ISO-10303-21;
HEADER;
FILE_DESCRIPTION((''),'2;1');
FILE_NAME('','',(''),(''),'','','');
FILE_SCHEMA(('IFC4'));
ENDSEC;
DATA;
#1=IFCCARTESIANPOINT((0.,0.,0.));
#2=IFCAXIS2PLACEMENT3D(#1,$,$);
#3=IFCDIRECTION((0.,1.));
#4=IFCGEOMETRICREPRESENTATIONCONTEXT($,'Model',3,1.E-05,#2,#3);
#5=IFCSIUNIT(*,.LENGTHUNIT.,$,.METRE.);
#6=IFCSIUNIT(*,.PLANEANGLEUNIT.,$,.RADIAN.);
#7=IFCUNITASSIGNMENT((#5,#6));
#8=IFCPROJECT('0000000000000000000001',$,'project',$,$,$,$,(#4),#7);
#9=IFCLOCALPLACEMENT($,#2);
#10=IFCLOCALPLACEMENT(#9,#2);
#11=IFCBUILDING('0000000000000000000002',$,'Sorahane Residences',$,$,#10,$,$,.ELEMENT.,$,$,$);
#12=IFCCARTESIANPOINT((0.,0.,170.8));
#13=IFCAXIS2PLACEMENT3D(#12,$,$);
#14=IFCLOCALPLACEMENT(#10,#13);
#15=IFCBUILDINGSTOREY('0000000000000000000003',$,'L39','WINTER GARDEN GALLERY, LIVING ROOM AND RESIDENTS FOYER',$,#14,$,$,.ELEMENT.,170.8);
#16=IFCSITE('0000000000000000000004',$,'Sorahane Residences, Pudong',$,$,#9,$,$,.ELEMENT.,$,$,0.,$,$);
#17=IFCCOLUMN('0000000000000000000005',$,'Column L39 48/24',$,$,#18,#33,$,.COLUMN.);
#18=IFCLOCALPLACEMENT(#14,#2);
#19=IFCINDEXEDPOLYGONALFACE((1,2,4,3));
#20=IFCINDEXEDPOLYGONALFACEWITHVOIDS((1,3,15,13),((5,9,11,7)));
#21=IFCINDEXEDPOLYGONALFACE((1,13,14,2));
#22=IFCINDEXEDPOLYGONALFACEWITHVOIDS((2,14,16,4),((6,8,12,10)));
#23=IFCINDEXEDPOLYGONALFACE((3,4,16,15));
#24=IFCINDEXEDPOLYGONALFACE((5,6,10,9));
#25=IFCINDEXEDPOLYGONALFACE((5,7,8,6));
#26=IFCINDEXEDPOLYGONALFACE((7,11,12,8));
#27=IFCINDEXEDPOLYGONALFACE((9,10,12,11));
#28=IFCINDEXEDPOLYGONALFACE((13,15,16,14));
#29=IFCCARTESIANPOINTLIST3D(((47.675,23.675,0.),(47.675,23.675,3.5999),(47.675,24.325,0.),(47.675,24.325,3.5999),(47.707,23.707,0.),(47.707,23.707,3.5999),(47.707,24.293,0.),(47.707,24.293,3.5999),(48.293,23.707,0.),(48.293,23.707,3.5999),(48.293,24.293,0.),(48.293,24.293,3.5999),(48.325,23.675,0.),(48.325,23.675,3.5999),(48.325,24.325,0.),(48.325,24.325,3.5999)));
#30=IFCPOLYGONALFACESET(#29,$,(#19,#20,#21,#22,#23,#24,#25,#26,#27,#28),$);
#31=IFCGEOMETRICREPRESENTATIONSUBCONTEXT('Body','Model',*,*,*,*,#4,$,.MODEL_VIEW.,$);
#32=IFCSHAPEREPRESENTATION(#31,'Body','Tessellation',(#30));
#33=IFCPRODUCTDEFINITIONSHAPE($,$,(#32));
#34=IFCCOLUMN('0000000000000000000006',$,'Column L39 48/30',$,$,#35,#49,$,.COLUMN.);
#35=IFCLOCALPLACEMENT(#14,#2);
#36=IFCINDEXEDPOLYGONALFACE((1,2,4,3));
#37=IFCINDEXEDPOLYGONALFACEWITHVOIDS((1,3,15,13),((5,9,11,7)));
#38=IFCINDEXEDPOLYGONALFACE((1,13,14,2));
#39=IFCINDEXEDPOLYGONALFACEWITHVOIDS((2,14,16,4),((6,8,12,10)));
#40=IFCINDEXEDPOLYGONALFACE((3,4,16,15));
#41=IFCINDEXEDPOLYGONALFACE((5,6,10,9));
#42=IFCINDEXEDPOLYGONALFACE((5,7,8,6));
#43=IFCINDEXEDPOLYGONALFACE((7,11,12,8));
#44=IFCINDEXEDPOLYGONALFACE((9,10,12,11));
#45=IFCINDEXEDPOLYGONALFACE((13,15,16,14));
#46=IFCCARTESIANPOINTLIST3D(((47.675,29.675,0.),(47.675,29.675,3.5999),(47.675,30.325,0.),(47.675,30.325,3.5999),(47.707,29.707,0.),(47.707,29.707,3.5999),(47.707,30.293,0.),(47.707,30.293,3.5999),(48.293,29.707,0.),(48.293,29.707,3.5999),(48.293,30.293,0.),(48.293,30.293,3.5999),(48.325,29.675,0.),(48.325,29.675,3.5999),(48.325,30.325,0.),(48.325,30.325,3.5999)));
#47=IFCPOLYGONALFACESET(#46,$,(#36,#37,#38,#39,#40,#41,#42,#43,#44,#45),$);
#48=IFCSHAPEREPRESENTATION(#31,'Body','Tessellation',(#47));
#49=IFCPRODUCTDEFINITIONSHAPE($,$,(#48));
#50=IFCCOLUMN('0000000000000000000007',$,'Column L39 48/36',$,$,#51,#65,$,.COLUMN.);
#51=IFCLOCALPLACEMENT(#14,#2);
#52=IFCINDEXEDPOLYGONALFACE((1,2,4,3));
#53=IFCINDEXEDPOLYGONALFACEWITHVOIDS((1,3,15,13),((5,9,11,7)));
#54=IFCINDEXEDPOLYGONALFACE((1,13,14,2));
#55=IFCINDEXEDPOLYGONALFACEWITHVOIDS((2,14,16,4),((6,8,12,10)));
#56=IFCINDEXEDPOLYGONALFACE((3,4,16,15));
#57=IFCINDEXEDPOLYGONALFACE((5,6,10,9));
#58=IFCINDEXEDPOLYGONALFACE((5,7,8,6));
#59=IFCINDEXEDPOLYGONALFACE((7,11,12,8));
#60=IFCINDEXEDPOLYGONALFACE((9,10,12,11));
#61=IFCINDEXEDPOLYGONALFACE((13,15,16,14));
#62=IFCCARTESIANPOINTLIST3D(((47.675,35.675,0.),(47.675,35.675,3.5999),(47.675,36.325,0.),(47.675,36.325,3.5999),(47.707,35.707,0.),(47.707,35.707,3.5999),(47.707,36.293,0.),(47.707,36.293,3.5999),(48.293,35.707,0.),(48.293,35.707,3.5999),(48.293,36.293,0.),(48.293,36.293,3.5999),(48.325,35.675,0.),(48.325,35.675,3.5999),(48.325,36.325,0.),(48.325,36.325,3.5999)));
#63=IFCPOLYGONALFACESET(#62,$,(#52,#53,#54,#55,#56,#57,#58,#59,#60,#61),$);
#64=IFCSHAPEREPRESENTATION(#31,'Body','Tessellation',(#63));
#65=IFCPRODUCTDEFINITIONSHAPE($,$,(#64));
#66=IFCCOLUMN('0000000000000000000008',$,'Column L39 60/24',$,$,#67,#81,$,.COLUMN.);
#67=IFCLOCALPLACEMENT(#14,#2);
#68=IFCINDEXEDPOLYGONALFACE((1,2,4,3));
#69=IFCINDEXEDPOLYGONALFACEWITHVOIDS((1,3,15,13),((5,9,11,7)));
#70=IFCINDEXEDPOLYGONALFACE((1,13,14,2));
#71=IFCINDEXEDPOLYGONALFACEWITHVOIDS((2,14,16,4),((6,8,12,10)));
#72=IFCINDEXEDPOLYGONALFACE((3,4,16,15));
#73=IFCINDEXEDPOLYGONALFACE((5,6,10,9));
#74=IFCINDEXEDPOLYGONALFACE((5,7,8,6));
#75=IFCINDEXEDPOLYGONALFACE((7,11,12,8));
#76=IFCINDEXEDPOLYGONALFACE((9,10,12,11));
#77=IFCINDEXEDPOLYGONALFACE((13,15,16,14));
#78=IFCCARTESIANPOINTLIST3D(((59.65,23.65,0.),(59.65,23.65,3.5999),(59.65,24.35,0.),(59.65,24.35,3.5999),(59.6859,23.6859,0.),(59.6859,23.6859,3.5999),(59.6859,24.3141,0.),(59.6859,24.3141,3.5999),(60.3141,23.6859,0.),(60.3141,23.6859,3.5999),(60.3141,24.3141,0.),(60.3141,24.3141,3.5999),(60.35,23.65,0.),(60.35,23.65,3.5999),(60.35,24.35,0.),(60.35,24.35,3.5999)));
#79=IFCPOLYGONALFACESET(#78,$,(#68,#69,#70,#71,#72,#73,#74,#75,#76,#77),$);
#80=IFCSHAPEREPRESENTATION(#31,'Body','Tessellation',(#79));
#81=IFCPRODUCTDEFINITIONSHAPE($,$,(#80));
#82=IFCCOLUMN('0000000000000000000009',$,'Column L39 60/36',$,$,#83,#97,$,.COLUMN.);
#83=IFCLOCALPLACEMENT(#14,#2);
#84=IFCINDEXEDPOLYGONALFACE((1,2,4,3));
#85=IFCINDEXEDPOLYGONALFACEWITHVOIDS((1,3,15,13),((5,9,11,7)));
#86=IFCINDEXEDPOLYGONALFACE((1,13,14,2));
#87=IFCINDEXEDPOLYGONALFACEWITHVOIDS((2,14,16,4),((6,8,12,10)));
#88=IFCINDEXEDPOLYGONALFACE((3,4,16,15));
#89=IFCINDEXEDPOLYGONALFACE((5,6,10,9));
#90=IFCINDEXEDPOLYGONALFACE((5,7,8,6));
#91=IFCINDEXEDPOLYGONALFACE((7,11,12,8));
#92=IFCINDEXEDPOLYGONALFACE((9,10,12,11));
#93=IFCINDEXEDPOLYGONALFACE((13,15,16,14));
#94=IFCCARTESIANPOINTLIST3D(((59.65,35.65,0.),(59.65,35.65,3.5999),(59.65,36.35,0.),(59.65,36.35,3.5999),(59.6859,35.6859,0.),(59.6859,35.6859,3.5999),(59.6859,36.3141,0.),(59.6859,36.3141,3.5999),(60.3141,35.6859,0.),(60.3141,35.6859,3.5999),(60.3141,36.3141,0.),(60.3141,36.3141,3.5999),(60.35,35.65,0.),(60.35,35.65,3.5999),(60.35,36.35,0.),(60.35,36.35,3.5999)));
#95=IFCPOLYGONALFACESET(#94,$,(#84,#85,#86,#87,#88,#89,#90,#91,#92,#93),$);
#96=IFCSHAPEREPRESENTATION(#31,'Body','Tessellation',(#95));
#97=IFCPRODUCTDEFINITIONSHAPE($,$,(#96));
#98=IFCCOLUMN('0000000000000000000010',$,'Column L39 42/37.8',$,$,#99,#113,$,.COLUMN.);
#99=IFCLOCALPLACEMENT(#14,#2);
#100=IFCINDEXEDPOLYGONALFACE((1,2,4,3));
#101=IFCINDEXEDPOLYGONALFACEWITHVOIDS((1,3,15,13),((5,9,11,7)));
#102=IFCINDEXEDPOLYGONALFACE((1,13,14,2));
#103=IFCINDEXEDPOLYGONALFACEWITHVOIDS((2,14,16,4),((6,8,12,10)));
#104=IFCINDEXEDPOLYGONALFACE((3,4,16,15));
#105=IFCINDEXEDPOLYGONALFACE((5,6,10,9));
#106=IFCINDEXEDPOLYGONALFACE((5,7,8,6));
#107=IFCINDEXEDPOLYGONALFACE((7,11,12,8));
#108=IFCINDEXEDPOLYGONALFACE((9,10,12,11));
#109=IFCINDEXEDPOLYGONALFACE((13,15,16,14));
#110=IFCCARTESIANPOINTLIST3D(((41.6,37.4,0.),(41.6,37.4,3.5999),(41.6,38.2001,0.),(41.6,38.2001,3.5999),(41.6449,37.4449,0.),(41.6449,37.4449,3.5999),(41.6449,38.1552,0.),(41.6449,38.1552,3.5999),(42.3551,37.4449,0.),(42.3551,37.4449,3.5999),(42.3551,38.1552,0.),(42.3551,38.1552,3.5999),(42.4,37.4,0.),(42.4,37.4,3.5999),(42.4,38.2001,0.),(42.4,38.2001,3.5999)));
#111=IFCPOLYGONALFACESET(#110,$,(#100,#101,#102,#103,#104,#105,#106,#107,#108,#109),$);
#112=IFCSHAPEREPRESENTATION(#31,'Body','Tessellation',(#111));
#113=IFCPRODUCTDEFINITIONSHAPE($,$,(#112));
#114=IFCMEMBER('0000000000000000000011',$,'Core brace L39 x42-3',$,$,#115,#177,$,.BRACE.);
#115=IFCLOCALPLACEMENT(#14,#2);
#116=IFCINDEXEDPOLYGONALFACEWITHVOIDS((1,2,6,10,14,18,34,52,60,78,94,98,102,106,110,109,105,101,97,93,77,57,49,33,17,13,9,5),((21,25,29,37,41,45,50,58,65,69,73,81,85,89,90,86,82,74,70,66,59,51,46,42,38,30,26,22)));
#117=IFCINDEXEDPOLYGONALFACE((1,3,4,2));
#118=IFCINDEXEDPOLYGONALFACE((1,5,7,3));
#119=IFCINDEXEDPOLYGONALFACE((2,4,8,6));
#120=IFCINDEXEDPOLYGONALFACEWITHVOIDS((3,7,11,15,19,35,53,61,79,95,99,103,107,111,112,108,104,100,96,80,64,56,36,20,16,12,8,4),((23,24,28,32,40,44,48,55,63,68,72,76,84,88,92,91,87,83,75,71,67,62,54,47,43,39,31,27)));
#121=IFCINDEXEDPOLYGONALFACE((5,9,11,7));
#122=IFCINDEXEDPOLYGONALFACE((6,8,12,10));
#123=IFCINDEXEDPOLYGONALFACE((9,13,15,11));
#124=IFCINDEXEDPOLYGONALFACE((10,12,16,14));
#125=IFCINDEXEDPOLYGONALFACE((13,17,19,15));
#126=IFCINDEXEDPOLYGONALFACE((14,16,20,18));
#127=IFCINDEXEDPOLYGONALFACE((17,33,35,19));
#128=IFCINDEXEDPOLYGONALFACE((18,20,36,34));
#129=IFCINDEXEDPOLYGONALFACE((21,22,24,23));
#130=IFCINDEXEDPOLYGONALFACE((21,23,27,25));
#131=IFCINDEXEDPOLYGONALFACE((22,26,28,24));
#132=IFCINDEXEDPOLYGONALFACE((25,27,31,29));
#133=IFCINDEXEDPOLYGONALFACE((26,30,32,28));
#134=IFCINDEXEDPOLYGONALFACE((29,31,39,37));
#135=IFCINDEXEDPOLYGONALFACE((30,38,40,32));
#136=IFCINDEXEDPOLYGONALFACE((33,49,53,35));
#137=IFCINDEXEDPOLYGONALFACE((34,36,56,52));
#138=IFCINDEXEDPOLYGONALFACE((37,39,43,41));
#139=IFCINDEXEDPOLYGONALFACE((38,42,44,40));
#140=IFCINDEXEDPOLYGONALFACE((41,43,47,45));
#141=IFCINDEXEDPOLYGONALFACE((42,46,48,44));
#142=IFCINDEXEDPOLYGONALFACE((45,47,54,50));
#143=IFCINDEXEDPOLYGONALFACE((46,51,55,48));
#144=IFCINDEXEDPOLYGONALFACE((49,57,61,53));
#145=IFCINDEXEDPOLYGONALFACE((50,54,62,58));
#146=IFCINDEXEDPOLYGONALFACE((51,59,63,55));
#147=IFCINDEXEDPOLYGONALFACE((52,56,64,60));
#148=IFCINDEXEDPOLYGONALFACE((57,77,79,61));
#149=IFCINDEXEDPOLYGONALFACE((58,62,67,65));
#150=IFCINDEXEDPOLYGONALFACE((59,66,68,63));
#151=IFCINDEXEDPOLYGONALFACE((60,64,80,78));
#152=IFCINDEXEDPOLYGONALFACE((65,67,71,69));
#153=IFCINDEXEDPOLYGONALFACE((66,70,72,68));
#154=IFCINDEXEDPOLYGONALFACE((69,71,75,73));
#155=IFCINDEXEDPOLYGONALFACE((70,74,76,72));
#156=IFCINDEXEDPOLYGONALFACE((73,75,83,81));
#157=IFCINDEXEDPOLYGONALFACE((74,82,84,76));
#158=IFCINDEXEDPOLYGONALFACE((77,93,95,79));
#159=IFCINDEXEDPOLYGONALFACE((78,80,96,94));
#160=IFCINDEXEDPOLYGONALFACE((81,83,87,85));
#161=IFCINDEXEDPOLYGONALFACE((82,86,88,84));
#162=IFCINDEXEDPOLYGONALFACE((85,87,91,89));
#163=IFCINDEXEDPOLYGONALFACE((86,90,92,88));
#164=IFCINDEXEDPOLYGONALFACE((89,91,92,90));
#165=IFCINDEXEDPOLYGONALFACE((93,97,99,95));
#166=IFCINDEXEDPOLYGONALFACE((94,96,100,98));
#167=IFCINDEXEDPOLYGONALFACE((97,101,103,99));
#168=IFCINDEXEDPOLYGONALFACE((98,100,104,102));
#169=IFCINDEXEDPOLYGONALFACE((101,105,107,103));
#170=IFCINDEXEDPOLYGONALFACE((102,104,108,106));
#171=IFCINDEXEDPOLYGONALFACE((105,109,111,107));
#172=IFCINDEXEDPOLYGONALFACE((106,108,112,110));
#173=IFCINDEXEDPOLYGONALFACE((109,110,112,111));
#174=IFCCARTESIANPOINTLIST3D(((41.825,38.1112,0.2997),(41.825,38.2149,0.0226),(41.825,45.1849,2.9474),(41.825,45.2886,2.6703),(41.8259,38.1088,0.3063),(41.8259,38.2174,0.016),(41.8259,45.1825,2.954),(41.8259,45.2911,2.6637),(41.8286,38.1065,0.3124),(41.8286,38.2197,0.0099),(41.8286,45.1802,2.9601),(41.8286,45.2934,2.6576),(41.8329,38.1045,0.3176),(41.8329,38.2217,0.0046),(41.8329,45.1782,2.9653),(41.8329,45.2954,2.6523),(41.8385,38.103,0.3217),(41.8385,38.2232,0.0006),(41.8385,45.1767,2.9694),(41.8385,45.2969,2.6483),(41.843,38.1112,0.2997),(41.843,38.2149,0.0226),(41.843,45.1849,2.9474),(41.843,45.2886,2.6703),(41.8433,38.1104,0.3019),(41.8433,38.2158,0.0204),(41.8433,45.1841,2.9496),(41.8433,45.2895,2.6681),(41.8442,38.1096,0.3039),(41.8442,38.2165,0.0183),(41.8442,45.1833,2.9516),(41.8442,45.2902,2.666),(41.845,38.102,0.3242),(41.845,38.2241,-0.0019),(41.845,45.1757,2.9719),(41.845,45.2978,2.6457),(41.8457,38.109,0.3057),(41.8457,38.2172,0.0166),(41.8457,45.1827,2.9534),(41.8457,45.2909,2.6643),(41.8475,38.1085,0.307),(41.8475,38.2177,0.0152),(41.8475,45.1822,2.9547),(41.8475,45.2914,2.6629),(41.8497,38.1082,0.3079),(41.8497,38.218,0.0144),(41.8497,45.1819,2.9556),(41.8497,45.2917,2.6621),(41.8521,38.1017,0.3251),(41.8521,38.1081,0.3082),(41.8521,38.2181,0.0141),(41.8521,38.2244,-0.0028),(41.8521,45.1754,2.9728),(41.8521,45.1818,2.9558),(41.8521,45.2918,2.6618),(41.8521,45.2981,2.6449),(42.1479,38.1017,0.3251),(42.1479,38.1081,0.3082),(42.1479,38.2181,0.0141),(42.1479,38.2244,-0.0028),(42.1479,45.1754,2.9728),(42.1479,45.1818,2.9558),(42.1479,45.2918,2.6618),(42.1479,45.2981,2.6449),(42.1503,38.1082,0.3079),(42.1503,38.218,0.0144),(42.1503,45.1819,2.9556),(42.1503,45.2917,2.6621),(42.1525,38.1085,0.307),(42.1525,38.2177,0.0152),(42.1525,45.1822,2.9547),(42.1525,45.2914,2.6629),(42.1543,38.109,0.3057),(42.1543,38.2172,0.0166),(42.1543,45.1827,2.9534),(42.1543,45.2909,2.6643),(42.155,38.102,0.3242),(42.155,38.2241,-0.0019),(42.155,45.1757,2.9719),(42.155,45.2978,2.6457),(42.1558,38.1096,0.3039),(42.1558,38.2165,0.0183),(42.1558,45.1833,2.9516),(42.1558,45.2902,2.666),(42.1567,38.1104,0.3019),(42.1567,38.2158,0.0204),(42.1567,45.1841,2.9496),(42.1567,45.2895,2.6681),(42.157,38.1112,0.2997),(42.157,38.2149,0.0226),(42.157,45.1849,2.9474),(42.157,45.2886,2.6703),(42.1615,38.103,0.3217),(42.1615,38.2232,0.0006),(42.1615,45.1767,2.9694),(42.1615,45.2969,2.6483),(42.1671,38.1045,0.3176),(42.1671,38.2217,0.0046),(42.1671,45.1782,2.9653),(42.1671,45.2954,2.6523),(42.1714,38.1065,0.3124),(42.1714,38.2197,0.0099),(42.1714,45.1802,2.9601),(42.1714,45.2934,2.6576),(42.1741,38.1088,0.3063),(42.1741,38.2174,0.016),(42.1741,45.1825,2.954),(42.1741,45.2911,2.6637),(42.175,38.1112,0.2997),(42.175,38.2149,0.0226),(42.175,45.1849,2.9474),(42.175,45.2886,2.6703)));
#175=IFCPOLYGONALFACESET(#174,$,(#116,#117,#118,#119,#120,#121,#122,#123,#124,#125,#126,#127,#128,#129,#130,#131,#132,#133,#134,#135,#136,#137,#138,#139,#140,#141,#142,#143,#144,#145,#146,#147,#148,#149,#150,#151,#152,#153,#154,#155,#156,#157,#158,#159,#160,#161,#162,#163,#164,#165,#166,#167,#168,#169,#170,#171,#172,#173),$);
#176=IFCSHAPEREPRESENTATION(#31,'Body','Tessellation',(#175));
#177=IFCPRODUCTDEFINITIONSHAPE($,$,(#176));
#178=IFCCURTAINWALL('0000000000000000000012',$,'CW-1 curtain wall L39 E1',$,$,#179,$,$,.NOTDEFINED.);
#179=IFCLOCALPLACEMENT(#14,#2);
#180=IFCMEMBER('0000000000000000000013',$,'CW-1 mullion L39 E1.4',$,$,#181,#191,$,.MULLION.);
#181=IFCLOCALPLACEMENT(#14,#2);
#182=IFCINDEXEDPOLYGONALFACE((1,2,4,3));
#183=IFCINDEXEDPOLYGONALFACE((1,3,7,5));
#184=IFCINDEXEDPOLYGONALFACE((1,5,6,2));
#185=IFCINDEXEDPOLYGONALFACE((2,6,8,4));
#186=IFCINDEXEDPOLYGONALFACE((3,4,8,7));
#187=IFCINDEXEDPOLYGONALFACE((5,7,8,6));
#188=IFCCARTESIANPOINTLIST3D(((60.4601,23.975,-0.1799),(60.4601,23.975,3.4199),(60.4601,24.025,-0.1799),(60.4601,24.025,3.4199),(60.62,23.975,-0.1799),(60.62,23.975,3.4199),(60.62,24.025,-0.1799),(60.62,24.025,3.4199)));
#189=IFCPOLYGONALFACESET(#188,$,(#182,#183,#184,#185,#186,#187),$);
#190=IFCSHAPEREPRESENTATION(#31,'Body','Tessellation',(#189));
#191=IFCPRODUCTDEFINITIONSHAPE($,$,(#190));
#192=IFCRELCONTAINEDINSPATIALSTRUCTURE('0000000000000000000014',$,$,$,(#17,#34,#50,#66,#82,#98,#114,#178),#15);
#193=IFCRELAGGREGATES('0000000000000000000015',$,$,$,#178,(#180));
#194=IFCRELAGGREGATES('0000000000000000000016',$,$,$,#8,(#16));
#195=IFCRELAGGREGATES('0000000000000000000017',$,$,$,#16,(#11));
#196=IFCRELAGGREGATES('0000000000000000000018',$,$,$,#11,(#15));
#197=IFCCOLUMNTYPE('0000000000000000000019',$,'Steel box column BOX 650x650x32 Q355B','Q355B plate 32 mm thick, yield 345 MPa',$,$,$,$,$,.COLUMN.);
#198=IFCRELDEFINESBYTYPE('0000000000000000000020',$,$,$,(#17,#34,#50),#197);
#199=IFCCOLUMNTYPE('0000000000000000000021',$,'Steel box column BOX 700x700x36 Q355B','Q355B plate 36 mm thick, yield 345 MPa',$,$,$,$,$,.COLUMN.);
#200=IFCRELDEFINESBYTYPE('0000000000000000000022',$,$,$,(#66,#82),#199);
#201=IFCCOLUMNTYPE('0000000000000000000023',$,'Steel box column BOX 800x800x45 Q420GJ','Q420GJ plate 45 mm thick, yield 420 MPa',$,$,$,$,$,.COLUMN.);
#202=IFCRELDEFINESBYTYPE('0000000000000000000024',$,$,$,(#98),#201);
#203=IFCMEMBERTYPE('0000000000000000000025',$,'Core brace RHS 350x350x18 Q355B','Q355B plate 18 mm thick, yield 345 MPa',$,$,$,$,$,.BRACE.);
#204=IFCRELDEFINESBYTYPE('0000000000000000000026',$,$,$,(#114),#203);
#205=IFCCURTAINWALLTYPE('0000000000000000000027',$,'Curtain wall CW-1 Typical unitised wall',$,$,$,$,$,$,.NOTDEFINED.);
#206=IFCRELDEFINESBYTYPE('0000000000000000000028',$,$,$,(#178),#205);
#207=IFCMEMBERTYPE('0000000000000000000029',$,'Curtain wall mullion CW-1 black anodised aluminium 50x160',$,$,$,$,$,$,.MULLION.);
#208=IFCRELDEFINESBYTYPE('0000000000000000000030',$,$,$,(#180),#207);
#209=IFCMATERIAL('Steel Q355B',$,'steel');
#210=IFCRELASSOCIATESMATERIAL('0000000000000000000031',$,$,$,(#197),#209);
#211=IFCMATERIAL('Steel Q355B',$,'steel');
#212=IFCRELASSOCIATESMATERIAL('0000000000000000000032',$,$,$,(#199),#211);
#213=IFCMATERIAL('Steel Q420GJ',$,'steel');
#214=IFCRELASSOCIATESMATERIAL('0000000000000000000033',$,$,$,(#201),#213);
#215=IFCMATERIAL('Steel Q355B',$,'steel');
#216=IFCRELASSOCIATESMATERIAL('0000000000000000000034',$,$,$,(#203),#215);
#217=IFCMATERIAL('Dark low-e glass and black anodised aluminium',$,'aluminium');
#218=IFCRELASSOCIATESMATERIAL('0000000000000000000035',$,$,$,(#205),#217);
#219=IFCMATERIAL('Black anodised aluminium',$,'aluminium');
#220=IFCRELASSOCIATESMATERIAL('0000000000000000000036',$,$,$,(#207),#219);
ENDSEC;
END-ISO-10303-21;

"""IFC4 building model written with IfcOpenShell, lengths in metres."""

from ifc_helpers import new_model, si_unit, direction, frame, origin, origin_2d, place, context, subcontext, project, spatial, rectangle, hollow_rectangle, extrude, material, material_profile, profile_set, type_object, element, aggregate, save


model = new_model("IFC4")

# Units and contexts
model_context = context("Model", 3, precision=1e-05, world=origin(), true_north=direction((0.0, 1.0)))
body_context = subcontext(model_context, "Body", "Model", "MODEL_VIEW")
ifc_project = project(units=[si_unit("LENGTHUNIT", "METRE"), si_unit("PLANEANGLEUNIT", "RADIAN")], contexts=[model_context])

# Site, building, storey
site_placement = place(None, origin())
site = spatial("IfcSite", under=ifc_project, at=site_placement, Name="Sorahane Residences, Pudong", CompositionType="ELEMENT", RefElevation=0.0)
building_placement = place(site_placement, origin())
building = spatial("IfcBuilding", under=site, at=building_placement, Name="Sorahane Residences", CompositionType="ELEMENT")
storey_placement = place(building_placement, frame((0.0, 0.0, 170.8)))
storey = spatial("IfcBuildingStorey", under=building, at=storey_placement, Name="L39", Description="WINTER GARDEN GALLERY, LIVING ROOM AND RESIDENTS FOYER", CompositionType="ELEMENT", Elevation=170.8)

# Columns
ifc_material_1 = material(Name="Steel Q355B", Category="steel")
ifc_material_profile_1 = material_profile(ifc_material_1, hollow_rectangle(XDim=0.6499, YDim=0.6499, WallThickness=0.032, at=origin_2d()), Name="BOX 650x650x32")
ifc_profile_set_1 = profile_set([ifc_material_profile_1], Name="Steel Q355B")
column_type_1 = type_object("IfcColumnType", Name="Steel box column BOX 650x650x32 Q355B", Description="Q355B plate 32 mm thick, yield 345 MPa", PredefinedType="COLUMN", material=ifc_profile_set_1)
for number, where, z_axis, x_axis, name in (
    (1, (48.0, 24.0, 0.0), (0.0, 0.0, 1.0), (1.0, 0.0, 0.0), "Column L39 48/24"),
    (2, (48.0, 30.0, 0.0), (0.0, 0.0, 1.0), (1.0, 0.0, 0.0), "Column L39 48/30"),
    (3, (48.0, 36.0, 0.0), (0.0, 0.0, 1.0), (1.0, 0.0, 0.0), "Column L39 48/36"),
):
    element("IfcColumn", number, at=place(storey_placement, frame(where, z_axis=z_axis, x_axis=x_axis)), inside=storey, type_object=column_type_1, Name=name, PredefinedType="COLUMN", context=body_context, shape_type="SweptSolid", body=[
        extrude(hollow_rectangle(XDim=0.6499, YDim=0.6499, WallThickness=0.032, at=origin_2d()), origin(), (0.0, 0.0, 1.0), 3.5999),
    ])
ifc_material_2 = material(Name="Steel Q355B", Category="steel")
ifc_material_profile_2 = material_profile(ifc_material_2, hollow_rectangle(XDim=0.7, YDim=0.7, WallThickness=0.0359, at=origin_2d()), Name="BOX 700x700x36")
ifc_profile_set_2 = profile_set([ifc_material_profile_2], Name="Steel Q355B")
column_type_2 = type_object("IfcColumnType", Name="Steel box column BOX 700x700x36 Q355B", Description="Q355B plate 36 mm thick, yield 345 MPa", PredefinedType="COLUMN", material=ifc_profile_set_2)
for number, where, z_axis, x_axis, name in (
    (4, (60.0, 24.0, 0.0), (0.0, 0.0, 1.0), (1.0, 0.0, 0.0), "Column L39 60/24"),
    (5, (60.0, 36.0, 0.0), (0.0, 0.0, 1.0), (1.0, 0.0, 0.0), "Column L39 60/36"),
):
    element("IfcColumn", number, at=place(storey_placement, frame(where, z_axis=z_axis, x_axis=x_axis)), inside=storey, type_object=column_type_2, Name=name, PredefinedType="COLUMN", context=body_context, shape_type="SweptSolid", body=[
        extrude(hollow_rectangle(XDim=0.7, YDim=0.7, WallThickness=0.0359, at=origin_2d()), origin(), (0.0, 0.0, 1.0), 3.5999),
    ])
ifc_material_3 = material(Name="Steel Q420GJ", Category="steel")
ifc_material_profile_3 = material_profile(ifc_material_3, hollow_rectangle(XDim=0.8, YDim=0.8, WallThickness=0.0449, at=origin_2d()), Name="BOX 800x800x45")
ifc_profile_set_3 = profile_set([ifc_material_profile_3], Name="Steel Q420GJ")
column_type_3 = type_object("IfcColumnType", Name="Steel box column BOX 800x800x45 Q420GJ", Description="Q420GJ plate 45 mm thick, yield 420 MPa", PredefinedType="COLUMN", material=ifc_profile_set_3)
column_placement = place(storey_placement, frame((42.0, 37.8, 0.0), z_axis=(0.0, 0.0, 1.0), x_axis=(1.0, 0.0, 0.0)))
element("IfcColumn", 6, at=column_placement, inside=storey, type_object=column_type_3, Name="Column L39 42/37.8", PredefinedType="COLUMN", context=body_context, shape_type="SweptSolid", body=[
    extrude(hollow_rectangle(XDim=0.8, YDim=0.8, WallThickness=0.0449, at=origin_2d()), origin(), (0.0, 0.0, 1.0), 3.5999),
])

# Member
ifc_material_4 = material(Name="Steel Q355B", Category="steel")
ifc_material_profile_4 = material_profile(ifc_material_4, hollow_rectangle(XDim=0.3501, YDim=0.3501, WallThickness=0.0181, InnerFilletRadius=0.009, OuterFilletRadius=0.0271, at=origin_2d()), Name="RHS 350x350x18")
ifc_profile_set_4 = profile_set([ifc_material_profile_4], Name="Steel Q355B")
member_type_1 = type_object("IfcMemberType", Name="Core brace RHS 350x350x18 Q355B", Description="Q355B plate 18 mm thick, yield 345 MPa", PredefinedType="BRACE", material=ifc_profile_set_4)
member_1_placement = place(storey_placement, frame((42.0, 38.1631, 0.1611), z_axis=(0.0, 0.936544, 0.35055), x_axis=(-1.0, 0.0, 0.0)))
element("IfcMember", 7, at=member_1_placement, inside=storey, type_object=member_type_1, Name="Core brace L39 x42-3", PredefinedType="BRACE", context=body_context, shape_type="SweptSolid", body=[
    extrude(hollow_rectangle(XDim=0.3501, YDim=0.3501, WallThickness=0.0181, InnerFilletRadius=0.009, OuterFilletRadius=0.0271, at=origin_2d()), origin(), (0.0, 0.0, 1.0), 7.553),
])

# Curtain wall, member
ifc_material_5 = material(Name="Dark low-e glass and black anodised aluminium", Category="aluminium")
curtain_wall_type = type_object("IfcCurtainWallType", Name="Curtain wall CW-1 Typical unitised wall", PredefinedType="NOTDEFINED", material=ifc_material_5)
curtain_wall_placement = place(storey_placement, origin())
curtain_wall = element("IfcCurtainWall", 8, at=curtain_wall_placement, inside=storey, type_object=curtain_wall_type, Name="CW-1 curtain wall L39 E1", PredefinedType="NOTDEFINED")
ifc_material_6 = material(Name="Black anodised aluminium", Category="aluminium")
ifc_material_profile_5 = material_profile(ifc_material_6, rectangle(XDim=0.1599, YDim=0.05, at=origin_2d()), Name="Curtain wall mullion CW-1 black anodised aluminium 50x160")
ifc_profile_set_5 = profile_set([ifc_material_profile_5], Name="Black anodised aluminium")
member_type_2 = type_object("IfcMemberType", Name="Curtain wall mullion CW-1 black anodised aluminium 50x160", PredefinedType="MULLION", material=ifc_profile_set_5)
member_2_placement = place(storey_placement, frame((60.54, 24.0, -0.1799), z_axis=(0.0, 0.0, 1.0), x_axis=(1.0, 0.0, 0.0)))
member_2 = element("IfcMember", 9, at=member_2_placement, type_object=member_type_2, Name="CW-1 mullion L39 E1.4", PredefinedType="MULLION", context=body_context, shape_type="SweptSolid", body=[
    extrude(rectangle(XDim=0.1599, YDim=0.05, at=origin_2d()), origin(), (0.0, 0.0, 1.0), 3.5999),
])

aggregate(curtain_wall, [member_2])

save(model, "model.ifc")
